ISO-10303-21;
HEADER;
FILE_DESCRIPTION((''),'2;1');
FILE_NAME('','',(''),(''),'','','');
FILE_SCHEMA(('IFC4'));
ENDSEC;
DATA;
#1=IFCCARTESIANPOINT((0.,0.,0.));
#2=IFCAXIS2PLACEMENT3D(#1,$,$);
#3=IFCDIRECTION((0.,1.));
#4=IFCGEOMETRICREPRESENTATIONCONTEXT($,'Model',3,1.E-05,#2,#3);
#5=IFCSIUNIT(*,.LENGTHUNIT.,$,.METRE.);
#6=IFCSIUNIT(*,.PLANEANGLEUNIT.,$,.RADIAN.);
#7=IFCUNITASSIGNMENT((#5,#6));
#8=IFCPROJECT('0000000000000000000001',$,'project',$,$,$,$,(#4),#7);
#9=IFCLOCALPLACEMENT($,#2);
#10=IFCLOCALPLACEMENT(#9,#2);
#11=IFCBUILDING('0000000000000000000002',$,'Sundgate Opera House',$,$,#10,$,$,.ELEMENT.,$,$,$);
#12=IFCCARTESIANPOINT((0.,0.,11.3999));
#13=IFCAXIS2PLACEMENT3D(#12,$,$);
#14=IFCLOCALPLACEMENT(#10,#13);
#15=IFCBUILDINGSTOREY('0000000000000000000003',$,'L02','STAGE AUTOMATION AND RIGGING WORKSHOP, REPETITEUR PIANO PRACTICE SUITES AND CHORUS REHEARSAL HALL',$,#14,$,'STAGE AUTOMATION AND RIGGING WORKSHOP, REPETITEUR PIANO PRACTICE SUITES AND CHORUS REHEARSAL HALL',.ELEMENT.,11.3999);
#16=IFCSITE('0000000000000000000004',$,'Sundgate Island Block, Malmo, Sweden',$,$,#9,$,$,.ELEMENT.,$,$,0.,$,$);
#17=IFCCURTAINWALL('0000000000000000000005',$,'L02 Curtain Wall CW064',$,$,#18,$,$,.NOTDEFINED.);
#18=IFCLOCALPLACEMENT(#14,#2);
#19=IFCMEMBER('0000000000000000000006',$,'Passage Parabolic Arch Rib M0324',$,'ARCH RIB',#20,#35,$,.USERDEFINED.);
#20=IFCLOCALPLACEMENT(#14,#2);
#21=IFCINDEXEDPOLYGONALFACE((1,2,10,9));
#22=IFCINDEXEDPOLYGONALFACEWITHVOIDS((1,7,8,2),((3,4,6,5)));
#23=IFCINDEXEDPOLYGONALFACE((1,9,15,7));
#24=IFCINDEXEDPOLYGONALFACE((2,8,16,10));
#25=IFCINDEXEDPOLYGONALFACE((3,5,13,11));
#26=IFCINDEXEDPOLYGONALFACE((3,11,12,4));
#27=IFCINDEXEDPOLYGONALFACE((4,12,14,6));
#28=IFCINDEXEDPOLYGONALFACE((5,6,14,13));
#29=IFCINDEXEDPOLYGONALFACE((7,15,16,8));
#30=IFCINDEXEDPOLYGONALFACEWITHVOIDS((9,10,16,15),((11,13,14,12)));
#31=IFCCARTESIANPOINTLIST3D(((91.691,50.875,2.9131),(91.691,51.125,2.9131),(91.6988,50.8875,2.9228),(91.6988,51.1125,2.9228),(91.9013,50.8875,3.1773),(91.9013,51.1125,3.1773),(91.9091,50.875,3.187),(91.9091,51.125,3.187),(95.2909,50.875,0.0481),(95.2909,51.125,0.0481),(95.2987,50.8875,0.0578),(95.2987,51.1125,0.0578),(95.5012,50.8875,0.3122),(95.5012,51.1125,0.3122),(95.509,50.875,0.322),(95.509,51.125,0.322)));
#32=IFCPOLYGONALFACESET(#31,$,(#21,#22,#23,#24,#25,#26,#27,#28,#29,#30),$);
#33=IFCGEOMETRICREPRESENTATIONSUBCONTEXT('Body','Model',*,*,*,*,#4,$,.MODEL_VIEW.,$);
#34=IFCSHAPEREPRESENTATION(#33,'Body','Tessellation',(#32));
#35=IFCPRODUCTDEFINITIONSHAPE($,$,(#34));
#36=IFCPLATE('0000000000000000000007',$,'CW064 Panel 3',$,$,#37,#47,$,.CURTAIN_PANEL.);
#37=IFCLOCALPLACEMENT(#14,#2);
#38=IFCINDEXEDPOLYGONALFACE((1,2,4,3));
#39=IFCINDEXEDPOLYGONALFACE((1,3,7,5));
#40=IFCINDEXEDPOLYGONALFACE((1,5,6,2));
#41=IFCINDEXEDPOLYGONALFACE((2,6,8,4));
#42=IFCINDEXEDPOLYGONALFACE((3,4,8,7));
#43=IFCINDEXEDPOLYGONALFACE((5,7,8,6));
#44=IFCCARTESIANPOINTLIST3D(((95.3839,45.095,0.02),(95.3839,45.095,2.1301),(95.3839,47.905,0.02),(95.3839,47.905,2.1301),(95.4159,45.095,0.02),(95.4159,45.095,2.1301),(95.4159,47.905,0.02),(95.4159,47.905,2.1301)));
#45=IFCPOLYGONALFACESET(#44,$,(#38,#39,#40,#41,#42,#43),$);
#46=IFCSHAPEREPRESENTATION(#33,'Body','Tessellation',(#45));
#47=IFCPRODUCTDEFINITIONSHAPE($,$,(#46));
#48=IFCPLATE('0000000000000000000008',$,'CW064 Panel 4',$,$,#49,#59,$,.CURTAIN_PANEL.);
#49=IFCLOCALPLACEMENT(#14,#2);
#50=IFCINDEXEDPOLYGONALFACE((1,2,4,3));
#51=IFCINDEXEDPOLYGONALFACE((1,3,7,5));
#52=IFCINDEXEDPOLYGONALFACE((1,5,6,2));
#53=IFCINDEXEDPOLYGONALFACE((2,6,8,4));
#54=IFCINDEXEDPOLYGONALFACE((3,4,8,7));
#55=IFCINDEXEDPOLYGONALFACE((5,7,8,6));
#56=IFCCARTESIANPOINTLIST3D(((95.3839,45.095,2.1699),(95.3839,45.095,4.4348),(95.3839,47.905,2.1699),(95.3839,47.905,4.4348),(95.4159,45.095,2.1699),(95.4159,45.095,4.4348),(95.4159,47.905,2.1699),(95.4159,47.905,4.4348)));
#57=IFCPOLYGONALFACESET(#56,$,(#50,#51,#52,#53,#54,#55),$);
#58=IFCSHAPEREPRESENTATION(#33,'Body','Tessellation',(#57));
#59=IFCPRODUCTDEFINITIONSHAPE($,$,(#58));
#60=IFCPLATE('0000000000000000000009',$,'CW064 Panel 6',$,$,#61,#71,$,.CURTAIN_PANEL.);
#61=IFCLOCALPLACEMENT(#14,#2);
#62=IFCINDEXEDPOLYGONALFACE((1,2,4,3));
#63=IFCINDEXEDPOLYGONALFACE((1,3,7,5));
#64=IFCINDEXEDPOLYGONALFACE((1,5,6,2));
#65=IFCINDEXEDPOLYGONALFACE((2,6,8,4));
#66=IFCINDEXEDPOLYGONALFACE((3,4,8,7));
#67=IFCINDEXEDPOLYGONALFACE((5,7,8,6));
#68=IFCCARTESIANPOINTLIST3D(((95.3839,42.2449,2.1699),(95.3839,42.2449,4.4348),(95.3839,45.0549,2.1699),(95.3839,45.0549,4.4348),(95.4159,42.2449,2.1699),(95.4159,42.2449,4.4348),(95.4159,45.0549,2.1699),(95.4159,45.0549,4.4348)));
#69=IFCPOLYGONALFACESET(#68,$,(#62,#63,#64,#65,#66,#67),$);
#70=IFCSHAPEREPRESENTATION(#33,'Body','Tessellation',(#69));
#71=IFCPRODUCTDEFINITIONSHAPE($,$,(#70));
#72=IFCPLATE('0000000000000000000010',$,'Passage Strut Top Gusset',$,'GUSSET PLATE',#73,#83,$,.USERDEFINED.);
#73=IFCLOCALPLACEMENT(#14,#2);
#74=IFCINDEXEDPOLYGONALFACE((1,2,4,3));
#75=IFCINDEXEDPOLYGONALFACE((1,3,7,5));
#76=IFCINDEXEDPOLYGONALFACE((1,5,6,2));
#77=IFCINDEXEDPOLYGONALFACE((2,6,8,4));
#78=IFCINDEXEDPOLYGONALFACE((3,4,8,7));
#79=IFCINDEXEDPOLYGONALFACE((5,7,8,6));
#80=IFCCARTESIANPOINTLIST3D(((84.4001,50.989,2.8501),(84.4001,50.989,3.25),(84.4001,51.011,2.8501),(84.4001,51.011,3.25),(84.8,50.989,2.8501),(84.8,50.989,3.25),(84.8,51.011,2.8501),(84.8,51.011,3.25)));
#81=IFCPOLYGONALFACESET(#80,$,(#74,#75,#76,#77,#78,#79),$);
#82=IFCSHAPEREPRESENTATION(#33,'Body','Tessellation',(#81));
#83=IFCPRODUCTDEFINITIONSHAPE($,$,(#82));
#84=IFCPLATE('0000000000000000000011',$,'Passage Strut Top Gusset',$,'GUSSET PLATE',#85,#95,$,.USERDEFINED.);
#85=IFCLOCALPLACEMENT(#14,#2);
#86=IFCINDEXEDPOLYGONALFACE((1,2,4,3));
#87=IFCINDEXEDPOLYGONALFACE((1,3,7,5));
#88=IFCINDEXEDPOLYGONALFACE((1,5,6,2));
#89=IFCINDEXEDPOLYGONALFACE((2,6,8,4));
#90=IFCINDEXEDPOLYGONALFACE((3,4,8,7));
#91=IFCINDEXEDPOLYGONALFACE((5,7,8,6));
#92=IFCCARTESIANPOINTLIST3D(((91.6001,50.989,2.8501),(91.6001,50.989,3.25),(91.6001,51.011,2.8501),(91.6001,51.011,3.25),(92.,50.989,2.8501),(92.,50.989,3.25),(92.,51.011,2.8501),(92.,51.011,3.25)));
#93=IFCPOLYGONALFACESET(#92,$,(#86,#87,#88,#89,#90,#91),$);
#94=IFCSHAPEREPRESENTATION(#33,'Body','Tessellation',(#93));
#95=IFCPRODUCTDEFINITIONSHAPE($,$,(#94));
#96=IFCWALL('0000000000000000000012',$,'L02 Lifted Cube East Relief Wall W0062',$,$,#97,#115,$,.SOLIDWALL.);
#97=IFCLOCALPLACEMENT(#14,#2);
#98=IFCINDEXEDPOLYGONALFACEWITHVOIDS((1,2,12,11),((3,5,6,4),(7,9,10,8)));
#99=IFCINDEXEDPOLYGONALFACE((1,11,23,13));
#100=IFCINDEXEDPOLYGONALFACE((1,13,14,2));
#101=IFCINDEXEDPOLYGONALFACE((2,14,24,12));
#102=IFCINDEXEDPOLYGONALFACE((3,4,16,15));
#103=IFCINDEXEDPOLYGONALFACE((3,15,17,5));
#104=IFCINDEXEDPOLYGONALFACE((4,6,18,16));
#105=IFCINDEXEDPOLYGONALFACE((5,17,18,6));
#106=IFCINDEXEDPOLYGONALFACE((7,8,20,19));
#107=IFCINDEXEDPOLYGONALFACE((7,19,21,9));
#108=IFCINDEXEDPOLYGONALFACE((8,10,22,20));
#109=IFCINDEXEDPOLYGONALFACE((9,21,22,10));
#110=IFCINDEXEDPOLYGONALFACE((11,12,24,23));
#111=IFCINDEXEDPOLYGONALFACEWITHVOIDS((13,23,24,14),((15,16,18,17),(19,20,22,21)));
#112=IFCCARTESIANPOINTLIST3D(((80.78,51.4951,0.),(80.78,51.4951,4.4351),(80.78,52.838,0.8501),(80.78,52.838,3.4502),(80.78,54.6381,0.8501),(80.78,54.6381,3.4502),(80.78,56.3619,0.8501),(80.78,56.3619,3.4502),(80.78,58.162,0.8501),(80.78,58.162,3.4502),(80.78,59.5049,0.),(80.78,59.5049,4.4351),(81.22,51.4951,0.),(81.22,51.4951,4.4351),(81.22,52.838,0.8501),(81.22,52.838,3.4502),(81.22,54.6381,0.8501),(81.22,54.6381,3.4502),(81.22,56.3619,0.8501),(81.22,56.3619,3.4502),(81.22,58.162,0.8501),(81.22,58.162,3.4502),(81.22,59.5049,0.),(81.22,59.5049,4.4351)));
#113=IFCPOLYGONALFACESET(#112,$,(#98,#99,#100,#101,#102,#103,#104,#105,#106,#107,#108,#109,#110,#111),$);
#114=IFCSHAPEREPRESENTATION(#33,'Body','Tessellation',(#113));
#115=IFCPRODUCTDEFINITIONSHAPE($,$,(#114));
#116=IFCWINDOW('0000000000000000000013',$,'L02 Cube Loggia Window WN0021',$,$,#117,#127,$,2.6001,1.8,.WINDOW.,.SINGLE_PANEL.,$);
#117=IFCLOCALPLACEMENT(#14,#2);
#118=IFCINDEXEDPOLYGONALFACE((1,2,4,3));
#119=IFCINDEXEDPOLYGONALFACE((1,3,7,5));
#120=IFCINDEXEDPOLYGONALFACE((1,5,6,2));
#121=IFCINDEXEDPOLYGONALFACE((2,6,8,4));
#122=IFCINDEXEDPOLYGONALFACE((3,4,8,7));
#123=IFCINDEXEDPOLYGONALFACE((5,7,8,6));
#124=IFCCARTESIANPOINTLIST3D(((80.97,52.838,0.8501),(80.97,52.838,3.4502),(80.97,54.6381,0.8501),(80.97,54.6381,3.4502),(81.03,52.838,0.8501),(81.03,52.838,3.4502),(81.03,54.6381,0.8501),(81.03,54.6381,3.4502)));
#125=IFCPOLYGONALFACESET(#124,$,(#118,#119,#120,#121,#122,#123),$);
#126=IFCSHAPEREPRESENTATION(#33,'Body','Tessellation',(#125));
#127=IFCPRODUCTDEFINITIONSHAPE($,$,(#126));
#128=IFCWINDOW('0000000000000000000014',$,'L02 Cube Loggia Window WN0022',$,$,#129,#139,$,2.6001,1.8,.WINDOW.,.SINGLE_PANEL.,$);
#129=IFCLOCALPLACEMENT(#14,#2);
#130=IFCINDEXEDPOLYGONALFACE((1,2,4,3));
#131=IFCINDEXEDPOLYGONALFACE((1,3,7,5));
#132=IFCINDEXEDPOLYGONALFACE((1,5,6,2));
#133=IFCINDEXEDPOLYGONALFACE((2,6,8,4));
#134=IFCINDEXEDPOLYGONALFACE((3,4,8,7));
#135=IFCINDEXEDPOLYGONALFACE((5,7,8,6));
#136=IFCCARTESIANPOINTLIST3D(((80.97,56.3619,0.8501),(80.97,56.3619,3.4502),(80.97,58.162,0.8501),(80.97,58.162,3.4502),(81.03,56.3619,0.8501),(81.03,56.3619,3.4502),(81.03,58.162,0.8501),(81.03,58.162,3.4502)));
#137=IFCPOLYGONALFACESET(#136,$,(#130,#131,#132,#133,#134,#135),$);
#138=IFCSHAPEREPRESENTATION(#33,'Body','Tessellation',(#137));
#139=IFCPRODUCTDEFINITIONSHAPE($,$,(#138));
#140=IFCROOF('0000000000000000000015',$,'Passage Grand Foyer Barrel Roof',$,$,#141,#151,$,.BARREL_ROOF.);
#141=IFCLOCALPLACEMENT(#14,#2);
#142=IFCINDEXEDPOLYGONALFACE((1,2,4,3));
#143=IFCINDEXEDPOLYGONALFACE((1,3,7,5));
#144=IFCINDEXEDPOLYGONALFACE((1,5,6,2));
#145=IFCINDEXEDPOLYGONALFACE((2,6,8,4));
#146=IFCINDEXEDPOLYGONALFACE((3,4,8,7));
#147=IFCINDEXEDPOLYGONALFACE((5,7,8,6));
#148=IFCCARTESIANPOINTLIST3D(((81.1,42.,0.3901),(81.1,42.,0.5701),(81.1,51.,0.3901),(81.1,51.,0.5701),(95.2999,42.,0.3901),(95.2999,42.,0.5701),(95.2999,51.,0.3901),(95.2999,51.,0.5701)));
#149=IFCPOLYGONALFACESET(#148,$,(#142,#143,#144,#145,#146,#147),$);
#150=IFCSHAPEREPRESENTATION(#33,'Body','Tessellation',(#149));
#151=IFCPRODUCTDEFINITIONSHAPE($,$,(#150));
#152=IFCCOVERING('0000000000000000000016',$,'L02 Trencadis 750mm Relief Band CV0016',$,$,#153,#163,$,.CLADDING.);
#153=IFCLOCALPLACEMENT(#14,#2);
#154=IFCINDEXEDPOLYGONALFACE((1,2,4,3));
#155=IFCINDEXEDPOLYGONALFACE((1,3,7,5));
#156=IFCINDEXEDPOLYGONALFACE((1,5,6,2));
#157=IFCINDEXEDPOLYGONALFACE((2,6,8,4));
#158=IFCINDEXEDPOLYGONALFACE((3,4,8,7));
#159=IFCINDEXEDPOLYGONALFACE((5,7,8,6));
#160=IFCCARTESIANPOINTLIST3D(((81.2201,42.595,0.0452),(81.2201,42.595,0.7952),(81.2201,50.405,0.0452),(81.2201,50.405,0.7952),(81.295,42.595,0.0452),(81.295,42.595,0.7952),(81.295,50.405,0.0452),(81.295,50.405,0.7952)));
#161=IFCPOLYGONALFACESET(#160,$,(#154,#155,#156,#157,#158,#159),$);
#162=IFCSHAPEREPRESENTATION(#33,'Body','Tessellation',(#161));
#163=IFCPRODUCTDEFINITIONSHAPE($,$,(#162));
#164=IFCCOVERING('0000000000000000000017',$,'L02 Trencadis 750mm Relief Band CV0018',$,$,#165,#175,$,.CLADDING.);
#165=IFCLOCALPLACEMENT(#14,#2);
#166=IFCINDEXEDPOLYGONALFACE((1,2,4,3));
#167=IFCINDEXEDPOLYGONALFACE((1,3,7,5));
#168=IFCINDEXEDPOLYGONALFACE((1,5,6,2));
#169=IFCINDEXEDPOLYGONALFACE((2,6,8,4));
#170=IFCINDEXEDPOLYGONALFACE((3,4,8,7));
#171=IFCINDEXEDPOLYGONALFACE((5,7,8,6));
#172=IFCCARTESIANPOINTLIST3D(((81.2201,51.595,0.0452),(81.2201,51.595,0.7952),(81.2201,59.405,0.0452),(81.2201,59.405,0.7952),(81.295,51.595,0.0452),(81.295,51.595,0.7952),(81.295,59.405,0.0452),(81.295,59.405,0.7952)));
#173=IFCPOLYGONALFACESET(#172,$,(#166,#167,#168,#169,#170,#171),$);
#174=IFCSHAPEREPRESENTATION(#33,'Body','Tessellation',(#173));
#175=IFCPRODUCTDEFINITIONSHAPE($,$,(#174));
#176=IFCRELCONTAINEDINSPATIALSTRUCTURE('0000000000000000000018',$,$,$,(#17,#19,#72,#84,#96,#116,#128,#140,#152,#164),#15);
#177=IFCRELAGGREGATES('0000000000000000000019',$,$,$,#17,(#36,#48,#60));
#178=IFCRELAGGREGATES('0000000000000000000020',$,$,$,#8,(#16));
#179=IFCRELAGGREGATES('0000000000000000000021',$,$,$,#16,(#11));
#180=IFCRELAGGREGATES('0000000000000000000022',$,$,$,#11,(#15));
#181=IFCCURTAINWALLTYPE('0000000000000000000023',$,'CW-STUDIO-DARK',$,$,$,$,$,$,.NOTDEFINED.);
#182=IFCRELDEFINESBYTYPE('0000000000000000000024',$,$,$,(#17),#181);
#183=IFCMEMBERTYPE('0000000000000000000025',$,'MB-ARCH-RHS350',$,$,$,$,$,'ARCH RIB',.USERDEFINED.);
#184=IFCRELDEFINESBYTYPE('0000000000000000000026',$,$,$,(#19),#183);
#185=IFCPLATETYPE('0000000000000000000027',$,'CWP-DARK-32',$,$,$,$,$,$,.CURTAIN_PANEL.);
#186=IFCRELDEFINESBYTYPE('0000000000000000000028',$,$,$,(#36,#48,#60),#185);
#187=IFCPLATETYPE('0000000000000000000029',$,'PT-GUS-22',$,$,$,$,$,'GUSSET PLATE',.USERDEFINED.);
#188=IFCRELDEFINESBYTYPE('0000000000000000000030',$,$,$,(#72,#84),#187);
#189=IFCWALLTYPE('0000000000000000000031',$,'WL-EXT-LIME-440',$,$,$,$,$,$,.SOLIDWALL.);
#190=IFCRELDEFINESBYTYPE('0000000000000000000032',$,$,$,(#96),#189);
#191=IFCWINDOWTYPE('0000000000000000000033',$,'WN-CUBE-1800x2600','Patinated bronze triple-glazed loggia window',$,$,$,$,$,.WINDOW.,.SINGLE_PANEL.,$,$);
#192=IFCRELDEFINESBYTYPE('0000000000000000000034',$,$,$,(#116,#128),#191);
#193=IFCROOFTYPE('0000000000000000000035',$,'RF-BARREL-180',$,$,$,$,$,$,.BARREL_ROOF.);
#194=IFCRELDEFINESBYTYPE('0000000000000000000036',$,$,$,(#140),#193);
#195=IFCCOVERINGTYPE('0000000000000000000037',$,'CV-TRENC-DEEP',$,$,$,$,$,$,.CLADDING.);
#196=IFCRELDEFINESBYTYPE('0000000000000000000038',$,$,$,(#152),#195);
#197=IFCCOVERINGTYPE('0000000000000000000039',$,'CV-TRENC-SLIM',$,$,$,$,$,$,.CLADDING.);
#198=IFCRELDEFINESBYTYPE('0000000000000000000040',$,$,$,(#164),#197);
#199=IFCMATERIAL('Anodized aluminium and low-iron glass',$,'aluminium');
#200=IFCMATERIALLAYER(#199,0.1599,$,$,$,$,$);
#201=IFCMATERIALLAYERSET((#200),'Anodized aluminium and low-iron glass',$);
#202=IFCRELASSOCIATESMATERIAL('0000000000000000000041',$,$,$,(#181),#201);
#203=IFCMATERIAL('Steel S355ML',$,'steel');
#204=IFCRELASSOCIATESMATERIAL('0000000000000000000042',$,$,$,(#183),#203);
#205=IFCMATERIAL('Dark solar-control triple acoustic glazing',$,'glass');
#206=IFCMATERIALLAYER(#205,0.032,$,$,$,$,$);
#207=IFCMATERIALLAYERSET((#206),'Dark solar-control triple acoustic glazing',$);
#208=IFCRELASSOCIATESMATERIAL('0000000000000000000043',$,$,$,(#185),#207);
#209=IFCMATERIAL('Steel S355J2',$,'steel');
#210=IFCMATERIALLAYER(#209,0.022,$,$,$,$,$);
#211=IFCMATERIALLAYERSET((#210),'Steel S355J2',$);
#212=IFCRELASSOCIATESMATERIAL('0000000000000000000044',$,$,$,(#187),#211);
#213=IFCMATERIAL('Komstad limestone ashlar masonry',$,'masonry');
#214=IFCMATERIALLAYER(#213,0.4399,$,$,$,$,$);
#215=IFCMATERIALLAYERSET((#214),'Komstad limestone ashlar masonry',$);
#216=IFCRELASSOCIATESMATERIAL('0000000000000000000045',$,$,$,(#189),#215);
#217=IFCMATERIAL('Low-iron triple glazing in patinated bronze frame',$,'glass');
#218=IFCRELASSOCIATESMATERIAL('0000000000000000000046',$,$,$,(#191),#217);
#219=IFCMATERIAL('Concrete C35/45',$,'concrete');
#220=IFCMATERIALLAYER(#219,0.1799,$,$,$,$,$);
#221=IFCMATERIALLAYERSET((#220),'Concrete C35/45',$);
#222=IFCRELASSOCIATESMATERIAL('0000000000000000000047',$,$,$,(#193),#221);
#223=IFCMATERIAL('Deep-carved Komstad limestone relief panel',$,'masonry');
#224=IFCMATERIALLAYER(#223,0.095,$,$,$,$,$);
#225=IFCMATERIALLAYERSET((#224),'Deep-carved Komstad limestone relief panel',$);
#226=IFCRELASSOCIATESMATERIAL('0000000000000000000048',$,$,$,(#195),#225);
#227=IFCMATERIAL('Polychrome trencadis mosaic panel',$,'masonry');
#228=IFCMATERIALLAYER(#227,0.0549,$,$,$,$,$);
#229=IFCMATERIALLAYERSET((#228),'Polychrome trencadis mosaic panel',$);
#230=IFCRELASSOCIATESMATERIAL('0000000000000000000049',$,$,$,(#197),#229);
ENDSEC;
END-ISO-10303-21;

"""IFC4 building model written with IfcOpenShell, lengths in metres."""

from ifc_helpers import new_model, si_unit, direction, frame, frame_2d, origin, origin_2d, place, context, subcontext, project, spatial, rectangle, hollow_rectangle, extrude, material, layer, layer_set, material_profile, profile_set, type_object, element, fill, aggregate, save


model = new_model("IFC4")

# Units and contexts
model_context = context("Model", 3, precision=1e-05, world=origin(), true_north=direction((0.0, 1.0)))
body_context = subcontext(model_context, "Body", "Model", "MODEL_VIEW")
ifc_project = project(units=[si_unit("LENGTHUNIT", "METRE"), si_unit("PLANEANGLEUNIT", "RADIAN")], contexts=[model_context])

# Site, building, storey
site_placement = place(None, origin())
site = spatial("IfcSite", under=ifc_project, at=site_placement, Name="Sundgate Island Block, Malmo, Sweden", CompositionType="ELEMENT", RefElevation=0.0)
building_placement = place(site_placement, origin())
building = spatial("IfcBuilding", under=site, at=building_placement, Name="Sundgate Opera House", CompositionType="ELEMENT")
storey_placement = place(building_placement, frame((0.0, 0.0, 11.3999)))
storey = spatial("IfcBuildingStorey", under=building, at=storey_placement, Name="L02", Description="STAGE AUTOMATION AND RIGGING WORKSHOP, REPETITEUR PIANO PRACTICE SUITES AND CHORUS REHEARSAL HALL", LongName="STAGE AUTOMATION AND RIGGING WORKSHOP, REPETITEUR PIANO PRACTICE SUITES AND CHORUS REHEARSAL HALL", CompositionType="ELEMENT", Elevation=11.3999)

# Curtain wall
ifc_material_1 = material(Name="Anodized aluminium and low-iron glass", Category="aluminium")
ifc_layer_1 = layer(ifc_material_1, 0.1599)
ifc_layer_set_1 = layer_set([ifc_layer_1], Name="Anodized aluminium and low-iron glass")
curtain_wall_type = type_object("IfcCurtainWallType", Name="CW-STUDIO-DARK", PredefinedType="NOTDEFINED", material=ifc_layer_set_1)
curtain_wall_placement = place(storey_placement, origin())
curtain_wall = element("IfcCurtainWall", 1, at=curtain_wall_placement, inside=storey, type_object=curtain_wall_type, Name="L02 Curtain Wall CW064", PredefinedType="NOTDEFINED")

# Member
ifc_material_2 = material(Name="Steel S355ML", Category="steel")
ifc_material_profile_1 = material_profile(ifc_material_2, hollow_rectangle(XDim=0.25, YDim=0.3501, WallThickness=0.0125, at=origin_2d()), Name="RHS 350x250x12.5")
ifc_profile_set_1 = profile_set([ifc_material_profile_1], Name="Steel S355ML")
member_type_1 = type_object("IfcMemberType", Name="MB-ARCH-RHS350", ElementType="ARCH RIB", PredefinedType="USERDEFINED", material=ifc_profile_set_1)
member_1_placement = place(storey_placement, frame((91.8, 51.0, 3.05), z_axis=(0.782445, 0.0, -0.622719), x_axis=(0.0, 1.0, 0.0)))
element("IfcMember", 2, at=member_1_placement, inside=storey, type_object=member_type_1, Name="Passage Parabolic Arch Rib M0324", ObjectType="ARCH RIB", PredefinedType="USERDEFINED", context=body_context, shape_type="SweptSolid", body=[
    extrude(hollow_rectangle(XDim=0.25, YDim=0.3501, WallThickness=0.0125, at=origin_2d()), origin(), (0.0, 0.0, 1.0), 4.6008),
])

# Plates
ifc_material_3 = material(Name="Dark solar-control triple acoustic glazing", Category="glass")
ifc_layer_2 = layer(ifc_material_3, 0.032)
ifc_layer_set_2 = layer_set([ifc_layer_2], Name="Dark solar-control triple acoustic glazing")
plate_type_1 = type_object("IfcPlateType", Name="CWP-DARK-32", PredefinedType="CURTAIN_PANEL", material=ifc_layer_set_2)
plate_1_placement = place(storey_placement, frame((95.3999, 46.5, 0.02), z_axis=(0.0, 0.0, 1.0), x_axis=(0.0, -1.0, 0.0)))
plate_1 = element("IfcPlate", 3, at=plate_1_placement, type_object=plate_type_1, Name="CW064 Panel 3", PredefinedType="CURTAIN_PANEL", context=body_context, shape_type="SweptSolid", body=[
    extrude(rectangle(XDim=2.8101, YDim=0.032, at=origin_2d()), origin(), (0.0, 0.0, 1.0), 2.1101),
])
plate_2_placement = place(storey_placement, frame((95.3999, 46.5, 2.1699), z_axis=(0.0, 0.0, 1.0), x_axis=(0.0, -1.0, 0.0)))
plate_2 = element("IfcPlate", 4, at=plate_2_placement, type_object=plate_type_1, Name="CW064 Panel 4", PredefinedType="CURTAIN_PANEL", context=body_context, shape_type="SweptSolid", body=[
    extrude(rectangle(XDim=2.8101, YDim=0.032, at=origin_2d()), origin(), (0.0, 0.0, 1.0), 2.2649),
])
plate_3_placement = place(storey_placement, frame((95.3999, 43.6499, 2.1699), z_axis=(0.0, 0.0, 1.0), x_axis=(0.0, -1.0, 0.0)))
plate_3 = element("IfcPlate", 5, at=plate_3_placement, type_object=plate_type_1, Name="CW064 Panel 6", PredefinedType="CURTAIN_PANEL", context=body_context, shape_type="SweptSolid", body=[
    extrude(rectangle(XDim=2.8101, YDim=0.032, at=origin_2d()), origin(), (0.0, 0.0, 1.0), 2.2649),
])
aggregate(curtain_wall, [plate_1, plate_2, plate_3])

# Plates
ifc_material_4 = material(Name="Steel S355J2", Category="steel")
ifc_layer_3 = layer(ifc_material_4, 0.022)
ifc_layer_set_3 = layer_set([ifc_layer_3], Name="Steel S355J2")
plate_type_2 = type_object("IfcPlateType", Name="PT-GUS-22", ElementType="GUSSET PLATE", PredefinedType="USERDEFINED", material=ifc_layer_set_3)
for number, where, z_axis, x_axis, name in (
    (6, (84.6001, 51.0, 2.8501), (0.0, 0.0, 1.0), (1.0, 0.0, 0.0), "Passage Strut Top Gusset"),
    (7, (91.8, 51.0, 2.8501), (0.0, 0.0, 1.0), (1.0, 0.0, 0.0), "Passage Strut Top Gusset"),
):
    element("IfcPlate", number, at=place(storey_placement, frame(where, z_axis=z_axis, x_axis=x_axis)), inside=storey, type_object=plate_type_2, Name=name, ObjectType="GUSSET PLATE", PredefinedType="USERDEFINED", context=body_context, shape_type="SweptSolid", body=[
        extrude(rectangle(XDim=0.3999, YDim=0.022, at=origin_2d()), origin(), (0.0, 0.0, 1.0), 0.3999),
    ])

# Wall, openings, windows
ifc_material_5 = material(Name="Komstad limestone ashlar masonry", Category="masonry")
ifc_layer_4 = layer(ifc_material_5, 0.4399)
ifc_layer_set_4 = layer_set([ifc_layer_4], Name="Komstad limestone ashlar masonry")
wall_type = type_object("IfcWallType", Name="WL-EXT-LIME-440", PredefinedType="SOLIDWALL", material=ifc_layer_set_4)
wall_placement = place(storey_placement, frame((81.0, 51.4951, 0.0), z_axis=(0.0, 0.0, 1.0), x_axis=(0.0, 1.0, 0.0)))
wall = element("IfcWall", 8, at=wall_placement, inside=storey, type_object=wall_type, Name="L02 Lifted Cube East Relief Wall W0062", PredefinedType="SOLIDWALL", context=body_context, shape_type="SweptSolid", body=[
    extrude(rectangle(XDim=8.0098, YDim=0.4399, at=frame_2d((4.0049, 0.0))), origin(), (0.0, 0.0, 1.0), 4.4351),
])
opening_1_placement = place(wall_placement, frame((1.343, 0.0, 0.8501)))
opening_1 = element("IfcOpeningElement", 9, at=opening_1_placement, cuts=wall, PredefinedType="OPENING", context=body_context, shape_type="SweptSolid", body=[
    extrude(rectangle(XDim=1.8, YDim=2.6001, at=frame_2d((0.8999, 1.3))), frame((0.0, 0.23, 0.0), z_axis=(0.0, -1.0, 0.0), x_axis=(1.0, 0.0, 0.0)), (0.0, 0.0, 1.0), 0.46),
])
opening_2_placement = place(wall_placement, frame((4.8669, 0.0, 0.8501)))
opening_2 = element("IfcOpeningElement", 10, at=opening_2_placement, cuts=wall, PredefinedType="OPENING", context=body_context, shape_type="SweptSolid", body=[
    extrude(rectangle(XDim=1.8, YDim=2.6001, at=frame_2d((0.8999, 1.3))), frame((0.0, 0.23, 0.0), z_axis=(0.0, -1.0, 0.0), x_axis=(1.0, 0.0, 0.0)), (0.0, 0.0, 1.0), 0.46),
])
ifc_material_6 = material(Name="Low-iron triple glazing in patinated bronze frame", Category="glass")
window_type = type_object("IfcWindowType", Name="WN-CUBE-1800x2600", Description="Patinated bronze triple-glazed loggia window", PartitioningType="SINGLE_PANEL", PredefinedType="WINDOW", material=ifc_material_6)
window_1_placement = place(opening_1_placement, origin())
window_1 = element("IfcWindow", 11, at=window_1_placement, inside=storey, type_object=window_type, Name="L02 Cube Loggia Window WN0021", OverallHeight=2.6001, OverallWidth=1.8, PartitioningType="SINGLE_PANEL", PredefinedType="WINDOW", context=body_context, shape_type="SweptSolid", body=[
    extrude(rectangle(XDim=1.8, YDim=2.6001, at=frame_2d((0.8999, 1.3))), frame((0.0, 0.03, 0.0), z_axis=(0.0, -1.0, 0.0), x_axis=(1.0, 0.0, 0.0)), (0.0, 0.0, 1.0), 0.0601),
])
fill(opening_1, window_1)
window_2_placement = place(opening_2_placement, origin())
window_2 = element("IfcWindow", 12, at=window_2_placement, inside=storey, type_object=window_type, Name="L02 Cube Loggia Window WN0022", OverallHeight=2.6001, OverallWidth=1.8, PartitioningType="SINGLE_PANEL", PredefinedType="WINDOW", context=body_context, shape_type="SweptSolid", body=[
    extrude(rectangle(XDim=1.8, YDim=2.6001, at=frame_2d((0.8999, 1.3))), frame((0.0, 0.03, 0.0), z_axis=(0.0, -1.0, 0.0), x_axis=(1.0, 0.0, 0.0)), (0.0, 0.0, 1.0), 0.0601),
])
fill(opening_2, window_2)

# Roof
ifc_material_7 = material(Name="Concrete C35/45", Category="concrete")
ifc_layer_5 = layer(ifc_material_7, 0.1799)
ifc_layer_set_5 = layer_set([ifc_layer_5], Name="Concrete C35/45")
roof_type = type_object("IfcRoofType", Name="RF-BARREL-180", PredefinedType="BARREL_ROOF", material=ifc_layer_set_5)
roof_placement = place(storey_placement, frame((88.2, 46.5, 0.3901), z_axis=(0.0, 0.0, 1.0), x_axis=(1.0, 0.0, 0.0)))
element("IfcRoof", 13, at=roof_placement, inside=storey, type_object=roof_type, Name="Passage Grand Foyer Barrel Roof", PredefinedType="BARREL_ROOF", context=body_context, shape_type="SweptSolid", body=[
    extrude(rectangle(XDim=14.2, YDim=9.0, at=origin_2d()), origin(), (0.0, 0.0, 1.0), 0.1799),
])

# Coverings
ifc_material_8 = material(Name="Deep-carved Komstad limestone relief panel", Category="masonry")
ifc_layer_6 = layer(ifc_material_8, 0.095)
ifc_layer_set_6 = layer_set([ifc_layer_6], Name="Deep-carved Komstad limestone relief panel")
covering_type_1 = type_object("IfcCoveringType", Name="CV-TRENC-DEEP", PredefinedType="CLADDING", material=ifc_layer_set_6)
covering_1_placement = place(storey_placement, frame((81.2576, 46.5, 0.0452), z_axis=(0.0, 0.0, 1.0), x_axis=(0.0, 1.0, 0.0)))
element("IfcCovering", 14, at=covering_1_placement, inside=storey, type_object=covering_type_1, Name="L02 Trencadis 750mm Relief Band CV0016", PredefinedType="CLADDING", context=body_context, shape_type="SweptSolid", body=[
    extrude(rectangle(XDim=7.8101, YDim=0.075, at=origin_2d()), origin(), (0.0, 0.0, 1.0), 0.75),
])
ifc_material_9 = material(Name="Polychrome trencadis mosaic panel", Category="masonry")
ifc_layer_7 = layer(ifc_material_9, 0.0549)
ifc_layer_set_7 = layer_set([ifc_layer_7], Name="Polychrome trencadis mosaic panel")
covering_type_2 = type_object("IfcCoveringType", Name="CV-TRENC-SLIM", PredefinedType="CLADDING", material=ifc_layer_set_7)
covering_2_placement = place(storey_placement, frame((81.2576, 55.5, 0.0452), z_axis=(0.0, 0.0, 1.0), x_axis=(0.0, 1.0, 0.0)))
element("IfcCovering", 15, at=covering_2_placement, inside=storey, type_object=covering_type_2, Name="L02 Trencadis 750mm Relief Band CV0018", PredefinedType="CLADDING", context=body_context, shape_type="SweptSolid", body=[
    extrude(rectangle(XDim=7.8101, YDim=0.075, at=origin_2d()), origin(), (0.0, 0.0, 1.0), 0.75),
])

save(model, "model.ifc")
